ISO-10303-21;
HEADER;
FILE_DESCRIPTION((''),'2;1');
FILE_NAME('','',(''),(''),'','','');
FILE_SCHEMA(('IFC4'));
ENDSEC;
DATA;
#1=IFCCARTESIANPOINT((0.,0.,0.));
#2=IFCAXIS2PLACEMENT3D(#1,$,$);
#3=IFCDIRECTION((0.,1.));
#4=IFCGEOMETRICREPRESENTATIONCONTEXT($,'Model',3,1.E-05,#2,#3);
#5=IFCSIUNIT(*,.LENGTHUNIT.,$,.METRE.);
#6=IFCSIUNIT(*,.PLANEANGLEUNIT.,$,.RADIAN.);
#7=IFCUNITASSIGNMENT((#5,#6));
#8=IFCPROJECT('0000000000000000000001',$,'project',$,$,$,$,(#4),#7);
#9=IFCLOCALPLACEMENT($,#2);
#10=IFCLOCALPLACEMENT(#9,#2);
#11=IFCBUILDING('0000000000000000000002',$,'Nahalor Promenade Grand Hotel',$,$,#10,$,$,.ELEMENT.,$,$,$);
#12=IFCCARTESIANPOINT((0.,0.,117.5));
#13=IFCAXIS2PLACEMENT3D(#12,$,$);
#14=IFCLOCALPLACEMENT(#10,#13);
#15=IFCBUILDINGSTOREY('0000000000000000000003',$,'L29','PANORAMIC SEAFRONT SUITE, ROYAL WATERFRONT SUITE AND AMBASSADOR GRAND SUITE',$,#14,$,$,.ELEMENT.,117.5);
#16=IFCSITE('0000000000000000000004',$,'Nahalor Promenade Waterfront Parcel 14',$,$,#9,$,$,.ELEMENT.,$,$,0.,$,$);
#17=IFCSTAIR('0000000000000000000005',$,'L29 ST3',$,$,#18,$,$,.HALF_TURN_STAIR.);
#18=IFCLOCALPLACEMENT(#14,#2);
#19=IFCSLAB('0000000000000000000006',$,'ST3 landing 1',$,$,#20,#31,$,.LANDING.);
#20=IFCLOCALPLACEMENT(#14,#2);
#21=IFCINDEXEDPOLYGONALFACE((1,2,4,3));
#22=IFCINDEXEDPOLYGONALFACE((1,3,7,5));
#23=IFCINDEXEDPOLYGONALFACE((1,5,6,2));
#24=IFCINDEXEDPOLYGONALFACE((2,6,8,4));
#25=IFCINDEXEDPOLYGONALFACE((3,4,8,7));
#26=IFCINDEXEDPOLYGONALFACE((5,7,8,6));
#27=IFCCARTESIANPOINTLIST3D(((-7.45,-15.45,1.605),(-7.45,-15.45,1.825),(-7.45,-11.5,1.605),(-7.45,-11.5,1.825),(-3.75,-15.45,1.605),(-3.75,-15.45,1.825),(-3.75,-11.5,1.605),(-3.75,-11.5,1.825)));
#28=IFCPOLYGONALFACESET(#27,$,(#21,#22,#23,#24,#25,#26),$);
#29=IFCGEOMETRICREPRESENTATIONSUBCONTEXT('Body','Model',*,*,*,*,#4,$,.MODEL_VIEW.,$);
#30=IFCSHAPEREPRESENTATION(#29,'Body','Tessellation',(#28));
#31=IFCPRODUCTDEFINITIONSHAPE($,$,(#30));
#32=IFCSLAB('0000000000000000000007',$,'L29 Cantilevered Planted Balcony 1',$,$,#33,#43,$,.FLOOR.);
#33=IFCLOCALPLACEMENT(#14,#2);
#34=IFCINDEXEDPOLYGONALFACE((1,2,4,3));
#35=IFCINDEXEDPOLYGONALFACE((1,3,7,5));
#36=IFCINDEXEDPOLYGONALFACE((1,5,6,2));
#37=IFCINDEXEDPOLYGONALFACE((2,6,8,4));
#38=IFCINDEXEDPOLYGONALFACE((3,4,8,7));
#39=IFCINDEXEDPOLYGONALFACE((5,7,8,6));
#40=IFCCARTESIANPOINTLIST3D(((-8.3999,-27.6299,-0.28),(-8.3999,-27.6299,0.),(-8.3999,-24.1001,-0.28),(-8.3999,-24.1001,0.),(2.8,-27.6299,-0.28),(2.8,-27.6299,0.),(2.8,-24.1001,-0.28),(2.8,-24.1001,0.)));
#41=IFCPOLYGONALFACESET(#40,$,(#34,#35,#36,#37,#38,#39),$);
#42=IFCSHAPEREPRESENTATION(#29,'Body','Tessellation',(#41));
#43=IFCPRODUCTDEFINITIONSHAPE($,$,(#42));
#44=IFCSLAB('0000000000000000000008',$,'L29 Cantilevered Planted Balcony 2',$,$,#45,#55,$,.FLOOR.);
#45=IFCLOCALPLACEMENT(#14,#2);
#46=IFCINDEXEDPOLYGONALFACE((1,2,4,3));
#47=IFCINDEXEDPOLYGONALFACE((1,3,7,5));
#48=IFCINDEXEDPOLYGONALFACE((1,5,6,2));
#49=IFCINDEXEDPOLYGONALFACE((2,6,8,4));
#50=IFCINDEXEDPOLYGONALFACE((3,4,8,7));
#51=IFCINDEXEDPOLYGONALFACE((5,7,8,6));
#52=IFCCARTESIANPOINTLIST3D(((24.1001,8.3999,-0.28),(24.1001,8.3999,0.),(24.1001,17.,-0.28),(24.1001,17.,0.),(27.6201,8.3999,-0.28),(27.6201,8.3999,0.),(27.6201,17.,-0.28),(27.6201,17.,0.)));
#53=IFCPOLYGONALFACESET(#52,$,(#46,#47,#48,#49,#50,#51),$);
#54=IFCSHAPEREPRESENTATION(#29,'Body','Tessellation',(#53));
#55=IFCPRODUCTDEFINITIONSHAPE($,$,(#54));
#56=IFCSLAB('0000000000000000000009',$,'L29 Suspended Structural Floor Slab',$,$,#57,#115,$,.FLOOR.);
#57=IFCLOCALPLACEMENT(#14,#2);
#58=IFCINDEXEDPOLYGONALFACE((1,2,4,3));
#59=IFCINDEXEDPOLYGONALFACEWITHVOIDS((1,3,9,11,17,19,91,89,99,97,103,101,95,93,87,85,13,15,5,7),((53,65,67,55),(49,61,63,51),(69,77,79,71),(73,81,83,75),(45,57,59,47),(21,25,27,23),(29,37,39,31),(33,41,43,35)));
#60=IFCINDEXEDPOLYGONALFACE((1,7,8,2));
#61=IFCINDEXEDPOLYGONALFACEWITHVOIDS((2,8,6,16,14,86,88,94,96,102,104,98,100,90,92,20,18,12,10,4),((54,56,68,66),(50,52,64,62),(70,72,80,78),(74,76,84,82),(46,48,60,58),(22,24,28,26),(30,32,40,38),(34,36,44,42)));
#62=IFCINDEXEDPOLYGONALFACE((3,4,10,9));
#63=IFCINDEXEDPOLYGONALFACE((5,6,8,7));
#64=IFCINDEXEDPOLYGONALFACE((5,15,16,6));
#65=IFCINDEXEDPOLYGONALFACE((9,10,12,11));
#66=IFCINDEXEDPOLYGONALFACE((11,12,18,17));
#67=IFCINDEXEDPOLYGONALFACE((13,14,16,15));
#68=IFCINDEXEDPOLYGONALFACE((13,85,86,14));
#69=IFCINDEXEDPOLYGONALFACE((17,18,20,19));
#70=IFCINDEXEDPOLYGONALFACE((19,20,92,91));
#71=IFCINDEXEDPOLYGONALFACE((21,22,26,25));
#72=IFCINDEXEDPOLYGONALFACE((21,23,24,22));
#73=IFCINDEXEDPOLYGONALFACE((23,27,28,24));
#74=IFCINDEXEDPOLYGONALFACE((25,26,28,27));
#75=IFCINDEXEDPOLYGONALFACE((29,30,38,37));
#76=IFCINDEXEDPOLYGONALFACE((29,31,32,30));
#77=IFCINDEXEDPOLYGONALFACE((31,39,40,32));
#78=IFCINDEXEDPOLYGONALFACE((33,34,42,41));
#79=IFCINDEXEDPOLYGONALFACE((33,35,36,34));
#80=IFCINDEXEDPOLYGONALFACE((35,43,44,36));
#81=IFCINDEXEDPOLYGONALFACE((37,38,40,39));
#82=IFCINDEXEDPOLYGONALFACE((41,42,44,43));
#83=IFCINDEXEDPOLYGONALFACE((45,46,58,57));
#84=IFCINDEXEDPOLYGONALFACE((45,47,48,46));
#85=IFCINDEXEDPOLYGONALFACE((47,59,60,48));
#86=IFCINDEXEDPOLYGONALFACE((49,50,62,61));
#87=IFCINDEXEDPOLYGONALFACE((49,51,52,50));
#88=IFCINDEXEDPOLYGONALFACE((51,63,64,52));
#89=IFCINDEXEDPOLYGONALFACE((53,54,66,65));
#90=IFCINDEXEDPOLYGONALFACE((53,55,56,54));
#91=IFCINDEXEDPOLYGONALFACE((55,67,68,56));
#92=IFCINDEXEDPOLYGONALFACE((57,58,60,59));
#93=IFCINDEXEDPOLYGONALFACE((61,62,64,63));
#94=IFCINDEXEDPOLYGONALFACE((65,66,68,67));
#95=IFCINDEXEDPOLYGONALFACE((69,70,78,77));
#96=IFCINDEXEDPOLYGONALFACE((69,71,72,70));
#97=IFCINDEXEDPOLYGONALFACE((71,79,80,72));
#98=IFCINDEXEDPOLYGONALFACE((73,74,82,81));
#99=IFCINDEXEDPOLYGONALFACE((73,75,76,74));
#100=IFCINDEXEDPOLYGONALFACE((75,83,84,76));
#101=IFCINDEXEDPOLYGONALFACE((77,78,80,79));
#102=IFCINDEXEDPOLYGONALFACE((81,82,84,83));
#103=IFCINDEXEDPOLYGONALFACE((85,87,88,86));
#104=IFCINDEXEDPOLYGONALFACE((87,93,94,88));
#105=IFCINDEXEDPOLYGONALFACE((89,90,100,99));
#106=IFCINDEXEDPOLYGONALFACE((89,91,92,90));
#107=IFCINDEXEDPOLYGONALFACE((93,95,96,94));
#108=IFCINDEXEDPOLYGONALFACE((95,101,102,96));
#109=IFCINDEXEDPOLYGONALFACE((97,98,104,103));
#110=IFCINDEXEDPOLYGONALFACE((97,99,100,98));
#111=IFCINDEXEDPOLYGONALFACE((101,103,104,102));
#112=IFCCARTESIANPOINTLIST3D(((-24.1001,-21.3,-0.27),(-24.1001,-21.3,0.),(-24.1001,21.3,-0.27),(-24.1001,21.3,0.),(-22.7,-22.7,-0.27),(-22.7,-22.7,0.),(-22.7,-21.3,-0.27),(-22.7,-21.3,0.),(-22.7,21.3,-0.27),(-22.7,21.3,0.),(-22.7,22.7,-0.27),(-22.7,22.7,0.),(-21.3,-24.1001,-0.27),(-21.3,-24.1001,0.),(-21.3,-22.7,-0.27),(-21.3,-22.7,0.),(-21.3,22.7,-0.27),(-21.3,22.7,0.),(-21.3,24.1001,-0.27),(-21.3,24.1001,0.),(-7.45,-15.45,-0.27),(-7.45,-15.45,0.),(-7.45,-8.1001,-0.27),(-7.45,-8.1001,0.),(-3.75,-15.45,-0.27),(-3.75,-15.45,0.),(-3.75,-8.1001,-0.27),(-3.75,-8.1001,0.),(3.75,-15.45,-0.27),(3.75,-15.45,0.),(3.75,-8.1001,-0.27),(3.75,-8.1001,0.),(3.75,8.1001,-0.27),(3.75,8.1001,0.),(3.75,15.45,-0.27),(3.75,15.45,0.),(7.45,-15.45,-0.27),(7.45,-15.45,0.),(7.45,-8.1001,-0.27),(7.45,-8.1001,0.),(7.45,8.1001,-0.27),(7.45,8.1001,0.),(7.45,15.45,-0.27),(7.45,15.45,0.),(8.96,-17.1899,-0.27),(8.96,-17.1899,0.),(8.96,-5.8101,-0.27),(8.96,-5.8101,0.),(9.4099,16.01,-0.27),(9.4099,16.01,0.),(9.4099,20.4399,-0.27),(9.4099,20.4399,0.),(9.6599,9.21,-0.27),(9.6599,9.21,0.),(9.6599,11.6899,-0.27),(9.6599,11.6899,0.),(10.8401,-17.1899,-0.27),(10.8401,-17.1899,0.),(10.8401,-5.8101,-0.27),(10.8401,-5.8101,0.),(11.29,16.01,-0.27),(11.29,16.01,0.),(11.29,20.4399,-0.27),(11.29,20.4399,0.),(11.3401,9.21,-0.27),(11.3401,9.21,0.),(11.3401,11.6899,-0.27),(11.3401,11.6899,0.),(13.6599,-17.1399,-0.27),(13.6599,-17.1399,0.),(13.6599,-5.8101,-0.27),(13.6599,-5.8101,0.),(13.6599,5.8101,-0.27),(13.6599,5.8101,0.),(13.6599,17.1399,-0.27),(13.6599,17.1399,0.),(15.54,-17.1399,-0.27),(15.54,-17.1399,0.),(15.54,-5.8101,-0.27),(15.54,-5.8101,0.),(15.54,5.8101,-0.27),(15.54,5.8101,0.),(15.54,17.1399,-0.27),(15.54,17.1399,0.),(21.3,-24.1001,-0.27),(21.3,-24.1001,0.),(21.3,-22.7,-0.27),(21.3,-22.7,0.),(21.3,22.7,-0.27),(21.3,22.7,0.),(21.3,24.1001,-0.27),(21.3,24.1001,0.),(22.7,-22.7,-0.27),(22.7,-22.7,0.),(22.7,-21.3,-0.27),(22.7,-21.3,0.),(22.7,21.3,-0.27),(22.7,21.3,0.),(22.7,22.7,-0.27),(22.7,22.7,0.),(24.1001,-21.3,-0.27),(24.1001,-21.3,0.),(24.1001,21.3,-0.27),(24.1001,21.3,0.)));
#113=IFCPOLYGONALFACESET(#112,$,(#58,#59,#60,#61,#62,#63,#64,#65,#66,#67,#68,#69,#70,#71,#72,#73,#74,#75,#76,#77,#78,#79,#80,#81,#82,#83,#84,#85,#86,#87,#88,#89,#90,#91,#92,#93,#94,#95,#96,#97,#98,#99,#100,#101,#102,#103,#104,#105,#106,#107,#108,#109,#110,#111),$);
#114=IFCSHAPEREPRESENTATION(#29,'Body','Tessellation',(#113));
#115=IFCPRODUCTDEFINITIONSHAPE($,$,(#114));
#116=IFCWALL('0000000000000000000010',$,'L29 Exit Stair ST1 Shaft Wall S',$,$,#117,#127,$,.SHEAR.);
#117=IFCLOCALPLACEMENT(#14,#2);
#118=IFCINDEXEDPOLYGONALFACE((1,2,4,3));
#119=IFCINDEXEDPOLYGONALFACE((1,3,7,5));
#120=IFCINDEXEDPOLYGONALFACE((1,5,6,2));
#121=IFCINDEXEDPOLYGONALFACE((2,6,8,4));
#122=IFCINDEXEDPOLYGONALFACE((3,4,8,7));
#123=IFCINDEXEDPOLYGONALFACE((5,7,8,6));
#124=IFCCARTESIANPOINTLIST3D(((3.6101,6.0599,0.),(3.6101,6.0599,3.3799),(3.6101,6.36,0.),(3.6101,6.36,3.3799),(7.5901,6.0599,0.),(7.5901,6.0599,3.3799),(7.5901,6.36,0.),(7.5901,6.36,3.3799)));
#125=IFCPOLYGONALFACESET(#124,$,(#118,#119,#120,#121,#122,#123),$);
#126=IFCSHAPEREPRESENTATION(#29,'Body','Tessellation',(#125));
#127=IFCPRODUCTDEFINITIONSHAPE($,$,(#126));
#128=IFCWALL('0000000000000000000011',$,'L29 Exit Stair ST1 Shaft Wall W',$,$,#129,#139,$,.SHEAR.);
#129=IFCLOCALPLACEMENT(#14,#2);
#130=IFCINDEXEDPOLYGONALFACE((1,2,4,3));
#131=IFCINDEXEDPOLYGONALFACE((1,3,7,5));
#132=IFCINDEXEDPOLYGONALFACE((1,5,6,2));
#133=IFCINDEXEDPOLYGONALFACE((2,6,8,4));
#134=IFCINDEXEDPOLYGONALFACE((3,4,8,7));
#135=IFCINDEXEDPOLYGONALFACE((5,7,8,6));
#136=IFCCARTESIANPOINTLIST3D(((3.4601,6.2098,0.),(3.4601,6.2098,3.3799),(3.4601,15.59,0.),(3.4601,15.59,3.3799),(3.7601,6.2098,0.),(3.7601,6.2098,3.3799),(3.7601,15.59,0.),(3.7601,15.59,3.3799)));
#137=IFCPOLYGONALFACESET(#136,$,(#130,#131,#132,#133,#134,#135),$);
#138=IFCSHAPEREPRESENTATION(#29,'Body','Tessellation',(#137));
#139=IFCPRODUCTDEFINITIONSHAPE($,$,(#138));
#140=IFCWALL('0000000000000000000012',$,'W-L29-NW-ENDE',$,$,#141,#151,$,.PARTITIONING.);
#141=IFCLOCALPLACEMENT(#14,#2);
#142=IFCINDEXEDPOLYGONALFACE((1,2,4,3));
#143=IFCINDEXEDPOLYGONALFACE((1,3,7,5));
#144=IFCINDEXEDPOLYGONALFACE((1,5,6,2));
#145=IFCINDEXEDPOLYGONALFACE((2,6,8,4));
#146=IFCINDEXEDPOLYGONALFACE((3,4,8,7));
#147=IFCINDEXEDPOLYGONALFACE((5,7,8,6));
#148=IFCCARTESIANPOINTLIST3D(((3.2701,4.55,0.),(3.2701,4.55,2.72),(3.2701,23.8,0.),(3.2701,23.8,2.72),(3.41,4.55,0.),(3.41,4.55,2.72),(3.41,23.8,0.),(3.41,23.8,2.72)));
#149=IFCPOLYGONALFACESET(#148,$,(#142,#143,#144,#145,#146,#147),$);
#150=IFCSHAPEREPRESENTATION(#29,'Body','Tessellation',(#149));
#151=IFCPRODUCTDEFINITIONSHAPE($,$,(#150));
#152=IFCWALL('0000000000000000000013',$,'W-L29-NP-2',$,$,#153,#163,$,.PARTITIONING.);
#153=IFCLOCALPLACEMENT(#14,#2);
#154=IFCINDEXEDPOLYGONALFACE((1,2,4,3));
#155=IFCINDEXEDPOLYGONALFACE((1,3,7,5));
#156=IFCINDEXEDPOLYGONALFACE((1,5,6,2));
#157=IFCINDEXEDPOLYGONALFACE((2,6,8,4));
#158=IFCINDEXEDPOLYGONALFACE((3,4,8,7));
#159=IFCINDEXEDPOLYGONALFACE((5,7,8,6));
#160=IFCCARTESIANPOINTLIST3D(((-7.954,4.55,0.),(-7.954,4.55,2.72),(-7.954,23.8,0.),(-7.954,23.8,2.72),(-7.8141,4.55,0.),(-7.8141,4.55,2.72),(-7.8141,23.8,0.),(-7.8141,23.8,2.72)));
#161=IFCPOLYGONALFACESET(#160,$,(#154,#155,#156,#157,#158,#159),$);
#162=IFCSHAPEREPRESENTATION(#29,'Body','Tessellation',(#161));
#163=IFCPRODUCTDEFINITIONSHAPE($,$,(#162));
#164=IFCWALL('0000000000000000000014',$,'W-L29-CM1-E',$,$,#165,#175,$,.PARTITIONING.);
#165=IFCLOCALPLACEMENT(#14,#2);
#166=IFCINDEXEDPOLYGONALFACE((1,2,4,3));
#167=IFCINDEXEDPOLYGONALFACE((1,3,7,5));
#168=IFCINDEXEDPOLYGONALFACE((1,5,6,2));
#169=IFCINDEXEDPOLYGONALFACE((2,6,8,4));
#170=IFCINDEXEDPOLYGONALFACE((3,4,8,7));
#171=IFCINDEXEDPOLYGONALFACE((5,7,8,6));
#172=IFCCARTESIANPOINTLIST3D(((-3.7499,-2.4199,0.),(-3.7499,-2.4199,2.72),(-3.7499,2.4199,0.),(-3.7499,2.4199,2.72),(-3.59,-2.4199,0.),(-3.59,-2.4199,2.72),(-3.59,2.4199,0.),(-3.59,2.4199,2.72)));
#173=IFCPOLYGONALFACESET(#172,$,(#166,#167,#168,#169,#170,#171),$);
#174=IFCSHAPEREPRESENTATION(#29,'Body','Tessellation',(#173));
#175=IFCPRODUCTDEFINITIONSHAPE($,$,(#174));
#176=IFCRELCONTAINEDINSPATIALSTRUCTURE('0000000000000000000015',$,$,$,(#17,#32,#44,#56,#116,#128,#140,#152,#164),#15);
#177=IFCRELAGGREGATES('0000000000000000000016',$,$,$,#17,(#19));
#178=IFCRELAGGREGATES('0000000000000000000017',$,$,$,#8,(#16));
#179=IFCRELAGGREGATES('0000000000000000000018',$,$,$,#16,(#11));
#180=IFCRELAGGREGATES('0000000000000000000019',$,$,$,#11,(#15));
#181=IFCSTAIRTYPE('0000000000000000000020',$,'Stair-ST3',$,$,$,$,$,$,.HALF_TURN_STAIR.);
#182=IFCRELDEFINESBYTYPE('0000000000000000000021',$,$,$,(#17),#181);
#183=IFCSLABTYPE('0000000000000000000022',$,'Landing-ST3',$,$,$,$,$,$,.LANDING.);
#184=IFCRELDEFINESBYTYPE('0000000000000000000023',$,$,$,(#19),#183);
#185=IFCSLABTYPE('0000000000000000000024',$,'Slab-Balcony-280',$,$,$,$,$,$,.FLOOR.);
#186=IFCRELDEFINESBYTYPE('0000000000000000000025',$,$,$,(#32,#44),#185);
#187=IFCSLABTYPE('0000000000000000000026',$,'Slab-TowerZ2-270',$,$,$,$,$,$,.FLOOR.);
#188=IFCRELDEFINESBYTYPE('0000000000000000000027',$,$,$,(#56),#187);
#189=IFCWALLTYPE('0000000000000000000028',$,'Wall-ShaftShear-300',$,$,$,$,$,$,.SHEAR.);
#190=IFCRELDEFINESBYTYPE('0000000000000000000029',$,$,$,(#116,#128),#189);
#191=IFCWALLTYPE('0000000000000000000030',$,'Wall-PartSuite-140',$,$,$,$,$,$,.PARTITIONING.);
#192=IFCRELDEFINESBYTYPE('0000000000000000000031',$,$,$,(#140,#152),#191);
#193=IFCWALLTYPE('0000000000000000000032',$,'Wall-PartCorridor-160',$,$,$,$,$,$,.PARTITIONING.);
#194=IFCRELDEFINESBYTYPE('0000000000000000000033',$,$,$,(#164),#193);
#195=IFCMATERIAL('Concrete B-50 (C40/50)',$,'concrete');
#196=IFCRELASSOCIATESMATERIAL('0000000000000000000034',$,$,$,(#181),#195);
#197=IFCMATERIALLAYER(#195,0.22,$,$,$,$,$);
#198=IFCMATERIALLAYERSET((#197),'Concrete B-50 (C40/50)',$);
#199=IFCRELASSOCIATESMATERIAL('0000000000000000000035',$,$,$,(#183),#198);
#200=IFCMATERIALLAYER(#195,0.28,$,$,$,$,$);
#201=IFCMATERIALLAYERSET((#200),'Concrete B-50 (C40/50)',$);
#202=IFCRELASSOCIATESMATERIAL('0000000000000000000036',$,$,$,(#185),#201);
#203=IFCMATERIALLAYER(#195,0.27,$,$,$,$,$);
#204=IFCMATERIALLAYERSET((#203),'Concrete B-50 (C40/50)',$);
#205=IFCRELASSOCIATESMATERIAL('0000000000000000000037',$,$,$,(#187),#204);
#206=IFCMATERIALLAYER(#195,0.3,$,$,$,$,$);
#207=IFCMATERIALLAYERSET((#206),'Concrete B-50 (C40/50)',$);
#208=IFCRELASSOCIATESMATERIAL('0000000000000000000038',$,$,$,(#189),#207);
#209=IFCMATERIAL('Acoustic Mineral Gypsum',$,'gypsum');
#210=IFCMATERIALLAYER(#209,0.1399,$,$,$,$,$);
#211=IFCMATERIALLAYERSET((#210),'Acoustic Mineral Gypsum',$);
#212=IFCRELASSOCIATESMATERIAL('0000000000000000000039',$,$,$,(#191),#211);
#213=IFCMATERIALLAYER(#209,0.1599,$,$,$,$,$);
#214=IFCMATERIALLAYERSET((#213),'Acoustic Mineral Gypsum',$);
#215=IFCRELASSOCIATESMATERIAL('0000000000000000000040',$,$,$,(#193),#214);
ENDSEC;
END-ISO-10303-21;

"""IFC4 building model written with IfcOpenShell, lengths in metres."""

from ifc_helpers import new_model, si_unit, direction, frame, frame_2d, origin, place, context, subcontext, project, spatial, polyline, rectangle, outline, extrude, source, transform, mapped, material, layer, layer_set, type_object, element, aggregate, save


model = new_model("IFC4")

# Units and contexts
model_context = context("Model", 3, precision=1e-05, world=origin(), true_north=direction((0.0, 1.0)))
body_context = subcontext(model_context, "Body", "Model", "MODEL_VIEW")
ifc_project = project(units=[si_unit("LENGTHUNIT", "METRE"), si_unit("PLANEANGLEUNIT", "RADIAN")], contexts=[model_context])

# Site, building, storey
site_placement = place(None, origin())
site = spatial("IfcSite", under=ifc_project, at=site_placement, Name="Nahalor Promenade Waterfront Parcel 14", CompositionType="ELEMENT", RefElevation=0.0)
building_placement = place(site_placement, origin())
building = spatial("IfcBuilding", under=site, at=building_placement, Name="Nahalor Promenade Grand Hotel", CompositionType="ELEMENT")
storey_placement = place(building_placement, frame((0.0, 0.0, 117.5)))
storey = spatial("IfcBuildingStorey", under=building, at=storey_placement, Name="L29", Description="PANORAMIC SEAFRONT SUITE, ROYAL WATERFRONT SUITE AND AMBASSADOR GRAND SUITE", CompositionType="ELEMENT", Elevation=117.5)

# Stair, slab
ifc_material_1 = material(Name="Concrete B-50 (C40/50)", Category="concrete")
stair_type_1 = type_object("IfcStairType", Name="Stair-ST3", PredefinedType="HALF_TURN_STAIR", material=ifc_material_1)
stair_1_placement = place(storey_placement, origin())
stair_1 = element("IfcStair", 1, at=stair_1_placement, inside=storey, type_object=stair_type_1, Name="L29 ST3", PredefinedType="HALF_TURN_STAIR")
ifc_layer_1 = layer(ifc_material_1, 0.22)
ifc_layer_set_1 = layer_set([ifc_layer_1], Name="Concrete B-50 (C40/50)")
slab_type_1 = type_object("IfcSlabType", Name="Landing-ST3", PredefinedType="LANDING", material=ifc_layer_set_1)
slab_1_placement = place(storey_placement, frame((0.0, 0.0, 1.605)))
slab_1 = element("IfcSlab", 2, at=slab_1_placement, type_object=slab_type_1, Name="ST3 landing 1", PredefinedType="LANDING", context=body_context, shape_type="SweptSolid", body=[
    extrude(outline(polyline([(-7.45, -11.5), (-7.45, -15.45), (-3.75, -15.45), (-3.75, -11.5), (-7.45, -11.5)])), origin(), (0.0, 0.0, 1.0), 0.22),
])
aggregate(stair_1, [slab_1])

# Slabs
ifc_layer_2 = layer(ifc_material_1, 0.28)
ifc_layer_set_2 = layer_set([ifc_layer_2], Name="Concrete B-50 (C40/50)")
slab_type_2 = type_object("IfcSlabType", Name="Slab-Balcony-280", PredefinedType="FLOOR", material=ifc_layer_set_2)
slab_2_placement = place(storey_placement, frame((0.0, 0.0, -0.28)))
element("IfcSlab", 3, at=slab_2_placement, inside=storey, type_object=slab_type_2, Name="L29 Cantilevered Planted Balcony 1", PredefinedType="FLOOR", context=body_context, shape_type="SweptSolid", body=[
    extrude(outline(polyline([(-8.3999, -27.6299), (2.8, -27.6299), (2.8, -24.1001), (-8.3999, -24.1001), (-8.3999, -27.6299)])), origin(), (0.0, 0.0, 1.0), 0.28),
])
slab_3_placement = place(storey_placement, frame((0.0, 0.0, -0.28)))
element("IfcSlab", 4, at=slab_3_placement, inside=storey, type_object=slab_type_2, Name="L29 Cantilevered Planted Balcony 2", PredefinedType="FLOOR", context=body_context, shape_type="SweptSolid", body=[
    extrude(outline(polyline([(24.1001, 8.3999), (27.6201, 8.3999), (27.6201, 17.0), (24.1001, 17.0), (24.1001, 8.3999)])), origin(), (0.0, 0.0, 1.0), 0.28),
])
ifc_layer_3 = layer(ifc_material_1, 0.27)
ifc_layer_set_3 = layer_set([ifc_layer_3], Name="Concrete B-50 (C40/50)")
slab_type_3 = type_object("IfcSlabType", Name="Slab-TowerZ2-270", PredefinedType="FLOOR", material=ifc_layer_set_3)
slab_4_placement = place(storey_placement, frame((0.0, 0.0, -0.27)))
element("IfcSlab", 5, at=slab_4_placement, inside=storey, type_object=slab_type_3, Name="L29 Suspended Structural Floor Slab", PredefinedType="FLOOR", context=body_context, shape_type="SweptSolid", body=[
    extrude(outline(polyline([(-21.3, -24.1001), (21.3, -24.1001), (21.3, -22.7), (22.7, -22.7), (22.7, -21.3), (24.1001, -21.3), (24.1001, 21.3), (22.7, 21.3), (22.7, 22.7), (21.3, 22.7), (21.3, 24.1001), (-21.3, 24.1001), (-21.3, 22.7), (-22.7, 22.7), (-22.7, 21.3), (-24.1001, 21.3), (-24.1001, -21.3), (-22.7, -21.3), (-22.7, -22.7), (-21.3, -22.7), (-21.3, -24.1001)]), holes=[polyline([(3.75, 8.1001), (7.45, 8.1001), (7.45, 15.45), (3.75, 15.45), (3.75, 8.1001)]), polyline([(3.75, -15.45), (7.45, -15.45), (7.45, -8.1001), (3.75, -8.1001), (3.75, -15.45)]), polyline([(-7.45, -15.45), (-3.75, -15.45), (-3.75, -8.1001), (-7.45, -8.1001), (-7.45, -15.45)]), polyline([(13.6599, 5.8101), (15.54, 5.8101), (15.54, 17.1399), (13.6599, 17.1399), (13.6599, 5.8101)]), polyline([(13.6599, -17.1399), (15.54, -17.1399), (15.54, -5.8101), (13.6599, -5.8101), (13.6599, -17.1399)]), polyline([(8.96, -17.1899), (10.8401, -17.1899), (10.8401, -5.8101), (8.96, -5.8101), (8.96, -17.1899)]), polyline([(9.4099, 16.01), (11.29, 16.01), (11.29, 20.4399), (9.4099, 20.4399), (9.4099, 16.01)]), polyline([(9.6599, 9.21), (11.3401, 9.21), (11.3401, 11.6899), (9.6599, 11.6899), (9.6599, 9.21)])]), origin(), (0.0, 0.0, 1.0), 0.27),
])

# Walls
ifc_layer_4 = layer(ifc_material_1, 0.3)
ifc_layer_set_4 = layer_set([ifc_layer_4], Name="Concrete B-50 (C40/50)")
wall_type_1 = type_object("IfcWallType", Name="Wall-ShaftShear-300", PredefinedType="SHEAR", material=ifc_layer_set_4)
shared_shape_1 = source(origin(), body_context, "Body", "SweptSolid", [
    extrude(rectangle(XDim=3.98, YDim=0.3, at=frame_2d((1.99, 0.0))), origin(), (0.0, 0.0, 1.0), 3.3799),
])
wall_1_placement = place(storey_placement, frame((3.6101, 6.21, 0.0), z_axis=(0.0, 0.0, 1.0), x_axis=(1.0, 0.0, 0.0)))
element("IfcWall", 6, at=wall_1_placement, inside=storey, type_object=wall_type_1, Name="L29 Exit Stair ST1 Shaft Wall S", PredefinedType="SHEAR", context=body_context, shape_type="MappedRepresentation", body=[
    mapped(shared_shape_1, transform((0.0, 0.0, 0.0), scale=1.0)),
])
shared_shape_2 = source(origin(), body_context, "Body", "SweptSolid", [
    extrude(rectangle(XDim=9.3801, YDim=0.3, at=frame_2d((4.6899, 0.0))), origin(), (0.0, 0.0, 1.0), 3.3799),
])
wall_2_placement = place(storey_placement, frame((3.6101, 6.21, 0.0), z_axis=(0.0, 0.0, 1.0), x_axis=(0.0, 1.0, 0.0)))
element("IfcWall", 7, at=wall_2_placement, inside=storey, type_object=wall_type_1, Name="L29 Exit Stair ST1 Shaft Wall W", PredefinedType="SHEAR", context=body_context, shape_type="MappedRepresentation", body=[
    mapped(shared_shape_2, transform((0.0, 0.0, 0.0), scale=1.0)),
])
ifc_material_2 = material(Name="Acoustic Mineral Gypsum", Category="gypsum")
ifc_layer_5 = layer(ifc_material_2, 0.1399)
ifc_layer_set_5 = layer_set([ifc_layer_5], Name="Acoustic Mineral Gypsum")
wall_type_2 = type_object("IfcWallType", Name="Wall-PartSuite-140", PredefinedType="PARTITIONING", material=ifc_layer_set_5)
shared_shape_3 = source(origin(), body_context, "Body", "SweptSolid", [
    extrude(rectangle(XDim=19.25, YDim=0.1399, at=frame_2d((9.625, 0.0))), origin(), (0.0, 0.0, 1.0), 2.72),
])
for number, where, z_axis, x_axis, name in (
    (8, (3.3401, 4.55, 0.0), (0.0, 0.0, 1.0), (0.0, 1.0, 0.0), "W-L29-NW-ENDE"),
    (9, (-7.884, 4.55, 0.0), (0.0, 0.0, 1.0), (0.0, 1.0, 0.0), "W-L29-NP-2"),
):
    element("IfcWall", number, at=place(storey_placement, frame(where, z_axis=z_axis, x_axis=x_axis)), inside=storey, type_object=wall_type_2, Name=name, PredefinedType="PARTITIONING", context=body_context, shape_type="MappedRepresentation", body=[
        mapped(shared_shape_3, transform((0.0, 0.0, 0.0), scale=1.0)),
    ])
ifc_layer_6 = layer(ifc_material_2, 0.1599)
ifc_layer_set_6 = layer_set([ifc_layer_6], Name="Acoustic Mineral Gypsum")
wall_type_3 = type_object("IfcWallType", Name="Wall-PartCorridor-160", PredefinedType="PARTITIONING", material=ifc_layer_set_6)
shared_shape_4 = source(origin(), body_context, "Body", "SweptSolid", [
    extrude(rectangle(XDim=4.8398, YDim=0.1599, at=frame_2d((2.4199, 0.0))), origin(), (0.0, 0.0, 1.0), 2.72),
])
wall_3_placement = place(storey_placement, frame((-3.6699, -2.4199, 0.0), z_axis=(0.0, 0.0, 1.0), x_axis=(0.0, 1.0, 0.0)))
element("IfcWall", 10, at=wall_3_placement, inside=storey, type_object=wall_type_3, Name="W-L29-CM1-E", PredefinedType="PARTITIONING", context=body_context, shape_type="MappedRepresentation", body=[
    mapped(shared_shape_4, transform((0.0, 0.0, 0.0), scale=1.0)),
])

save(model, "model.ifc")
